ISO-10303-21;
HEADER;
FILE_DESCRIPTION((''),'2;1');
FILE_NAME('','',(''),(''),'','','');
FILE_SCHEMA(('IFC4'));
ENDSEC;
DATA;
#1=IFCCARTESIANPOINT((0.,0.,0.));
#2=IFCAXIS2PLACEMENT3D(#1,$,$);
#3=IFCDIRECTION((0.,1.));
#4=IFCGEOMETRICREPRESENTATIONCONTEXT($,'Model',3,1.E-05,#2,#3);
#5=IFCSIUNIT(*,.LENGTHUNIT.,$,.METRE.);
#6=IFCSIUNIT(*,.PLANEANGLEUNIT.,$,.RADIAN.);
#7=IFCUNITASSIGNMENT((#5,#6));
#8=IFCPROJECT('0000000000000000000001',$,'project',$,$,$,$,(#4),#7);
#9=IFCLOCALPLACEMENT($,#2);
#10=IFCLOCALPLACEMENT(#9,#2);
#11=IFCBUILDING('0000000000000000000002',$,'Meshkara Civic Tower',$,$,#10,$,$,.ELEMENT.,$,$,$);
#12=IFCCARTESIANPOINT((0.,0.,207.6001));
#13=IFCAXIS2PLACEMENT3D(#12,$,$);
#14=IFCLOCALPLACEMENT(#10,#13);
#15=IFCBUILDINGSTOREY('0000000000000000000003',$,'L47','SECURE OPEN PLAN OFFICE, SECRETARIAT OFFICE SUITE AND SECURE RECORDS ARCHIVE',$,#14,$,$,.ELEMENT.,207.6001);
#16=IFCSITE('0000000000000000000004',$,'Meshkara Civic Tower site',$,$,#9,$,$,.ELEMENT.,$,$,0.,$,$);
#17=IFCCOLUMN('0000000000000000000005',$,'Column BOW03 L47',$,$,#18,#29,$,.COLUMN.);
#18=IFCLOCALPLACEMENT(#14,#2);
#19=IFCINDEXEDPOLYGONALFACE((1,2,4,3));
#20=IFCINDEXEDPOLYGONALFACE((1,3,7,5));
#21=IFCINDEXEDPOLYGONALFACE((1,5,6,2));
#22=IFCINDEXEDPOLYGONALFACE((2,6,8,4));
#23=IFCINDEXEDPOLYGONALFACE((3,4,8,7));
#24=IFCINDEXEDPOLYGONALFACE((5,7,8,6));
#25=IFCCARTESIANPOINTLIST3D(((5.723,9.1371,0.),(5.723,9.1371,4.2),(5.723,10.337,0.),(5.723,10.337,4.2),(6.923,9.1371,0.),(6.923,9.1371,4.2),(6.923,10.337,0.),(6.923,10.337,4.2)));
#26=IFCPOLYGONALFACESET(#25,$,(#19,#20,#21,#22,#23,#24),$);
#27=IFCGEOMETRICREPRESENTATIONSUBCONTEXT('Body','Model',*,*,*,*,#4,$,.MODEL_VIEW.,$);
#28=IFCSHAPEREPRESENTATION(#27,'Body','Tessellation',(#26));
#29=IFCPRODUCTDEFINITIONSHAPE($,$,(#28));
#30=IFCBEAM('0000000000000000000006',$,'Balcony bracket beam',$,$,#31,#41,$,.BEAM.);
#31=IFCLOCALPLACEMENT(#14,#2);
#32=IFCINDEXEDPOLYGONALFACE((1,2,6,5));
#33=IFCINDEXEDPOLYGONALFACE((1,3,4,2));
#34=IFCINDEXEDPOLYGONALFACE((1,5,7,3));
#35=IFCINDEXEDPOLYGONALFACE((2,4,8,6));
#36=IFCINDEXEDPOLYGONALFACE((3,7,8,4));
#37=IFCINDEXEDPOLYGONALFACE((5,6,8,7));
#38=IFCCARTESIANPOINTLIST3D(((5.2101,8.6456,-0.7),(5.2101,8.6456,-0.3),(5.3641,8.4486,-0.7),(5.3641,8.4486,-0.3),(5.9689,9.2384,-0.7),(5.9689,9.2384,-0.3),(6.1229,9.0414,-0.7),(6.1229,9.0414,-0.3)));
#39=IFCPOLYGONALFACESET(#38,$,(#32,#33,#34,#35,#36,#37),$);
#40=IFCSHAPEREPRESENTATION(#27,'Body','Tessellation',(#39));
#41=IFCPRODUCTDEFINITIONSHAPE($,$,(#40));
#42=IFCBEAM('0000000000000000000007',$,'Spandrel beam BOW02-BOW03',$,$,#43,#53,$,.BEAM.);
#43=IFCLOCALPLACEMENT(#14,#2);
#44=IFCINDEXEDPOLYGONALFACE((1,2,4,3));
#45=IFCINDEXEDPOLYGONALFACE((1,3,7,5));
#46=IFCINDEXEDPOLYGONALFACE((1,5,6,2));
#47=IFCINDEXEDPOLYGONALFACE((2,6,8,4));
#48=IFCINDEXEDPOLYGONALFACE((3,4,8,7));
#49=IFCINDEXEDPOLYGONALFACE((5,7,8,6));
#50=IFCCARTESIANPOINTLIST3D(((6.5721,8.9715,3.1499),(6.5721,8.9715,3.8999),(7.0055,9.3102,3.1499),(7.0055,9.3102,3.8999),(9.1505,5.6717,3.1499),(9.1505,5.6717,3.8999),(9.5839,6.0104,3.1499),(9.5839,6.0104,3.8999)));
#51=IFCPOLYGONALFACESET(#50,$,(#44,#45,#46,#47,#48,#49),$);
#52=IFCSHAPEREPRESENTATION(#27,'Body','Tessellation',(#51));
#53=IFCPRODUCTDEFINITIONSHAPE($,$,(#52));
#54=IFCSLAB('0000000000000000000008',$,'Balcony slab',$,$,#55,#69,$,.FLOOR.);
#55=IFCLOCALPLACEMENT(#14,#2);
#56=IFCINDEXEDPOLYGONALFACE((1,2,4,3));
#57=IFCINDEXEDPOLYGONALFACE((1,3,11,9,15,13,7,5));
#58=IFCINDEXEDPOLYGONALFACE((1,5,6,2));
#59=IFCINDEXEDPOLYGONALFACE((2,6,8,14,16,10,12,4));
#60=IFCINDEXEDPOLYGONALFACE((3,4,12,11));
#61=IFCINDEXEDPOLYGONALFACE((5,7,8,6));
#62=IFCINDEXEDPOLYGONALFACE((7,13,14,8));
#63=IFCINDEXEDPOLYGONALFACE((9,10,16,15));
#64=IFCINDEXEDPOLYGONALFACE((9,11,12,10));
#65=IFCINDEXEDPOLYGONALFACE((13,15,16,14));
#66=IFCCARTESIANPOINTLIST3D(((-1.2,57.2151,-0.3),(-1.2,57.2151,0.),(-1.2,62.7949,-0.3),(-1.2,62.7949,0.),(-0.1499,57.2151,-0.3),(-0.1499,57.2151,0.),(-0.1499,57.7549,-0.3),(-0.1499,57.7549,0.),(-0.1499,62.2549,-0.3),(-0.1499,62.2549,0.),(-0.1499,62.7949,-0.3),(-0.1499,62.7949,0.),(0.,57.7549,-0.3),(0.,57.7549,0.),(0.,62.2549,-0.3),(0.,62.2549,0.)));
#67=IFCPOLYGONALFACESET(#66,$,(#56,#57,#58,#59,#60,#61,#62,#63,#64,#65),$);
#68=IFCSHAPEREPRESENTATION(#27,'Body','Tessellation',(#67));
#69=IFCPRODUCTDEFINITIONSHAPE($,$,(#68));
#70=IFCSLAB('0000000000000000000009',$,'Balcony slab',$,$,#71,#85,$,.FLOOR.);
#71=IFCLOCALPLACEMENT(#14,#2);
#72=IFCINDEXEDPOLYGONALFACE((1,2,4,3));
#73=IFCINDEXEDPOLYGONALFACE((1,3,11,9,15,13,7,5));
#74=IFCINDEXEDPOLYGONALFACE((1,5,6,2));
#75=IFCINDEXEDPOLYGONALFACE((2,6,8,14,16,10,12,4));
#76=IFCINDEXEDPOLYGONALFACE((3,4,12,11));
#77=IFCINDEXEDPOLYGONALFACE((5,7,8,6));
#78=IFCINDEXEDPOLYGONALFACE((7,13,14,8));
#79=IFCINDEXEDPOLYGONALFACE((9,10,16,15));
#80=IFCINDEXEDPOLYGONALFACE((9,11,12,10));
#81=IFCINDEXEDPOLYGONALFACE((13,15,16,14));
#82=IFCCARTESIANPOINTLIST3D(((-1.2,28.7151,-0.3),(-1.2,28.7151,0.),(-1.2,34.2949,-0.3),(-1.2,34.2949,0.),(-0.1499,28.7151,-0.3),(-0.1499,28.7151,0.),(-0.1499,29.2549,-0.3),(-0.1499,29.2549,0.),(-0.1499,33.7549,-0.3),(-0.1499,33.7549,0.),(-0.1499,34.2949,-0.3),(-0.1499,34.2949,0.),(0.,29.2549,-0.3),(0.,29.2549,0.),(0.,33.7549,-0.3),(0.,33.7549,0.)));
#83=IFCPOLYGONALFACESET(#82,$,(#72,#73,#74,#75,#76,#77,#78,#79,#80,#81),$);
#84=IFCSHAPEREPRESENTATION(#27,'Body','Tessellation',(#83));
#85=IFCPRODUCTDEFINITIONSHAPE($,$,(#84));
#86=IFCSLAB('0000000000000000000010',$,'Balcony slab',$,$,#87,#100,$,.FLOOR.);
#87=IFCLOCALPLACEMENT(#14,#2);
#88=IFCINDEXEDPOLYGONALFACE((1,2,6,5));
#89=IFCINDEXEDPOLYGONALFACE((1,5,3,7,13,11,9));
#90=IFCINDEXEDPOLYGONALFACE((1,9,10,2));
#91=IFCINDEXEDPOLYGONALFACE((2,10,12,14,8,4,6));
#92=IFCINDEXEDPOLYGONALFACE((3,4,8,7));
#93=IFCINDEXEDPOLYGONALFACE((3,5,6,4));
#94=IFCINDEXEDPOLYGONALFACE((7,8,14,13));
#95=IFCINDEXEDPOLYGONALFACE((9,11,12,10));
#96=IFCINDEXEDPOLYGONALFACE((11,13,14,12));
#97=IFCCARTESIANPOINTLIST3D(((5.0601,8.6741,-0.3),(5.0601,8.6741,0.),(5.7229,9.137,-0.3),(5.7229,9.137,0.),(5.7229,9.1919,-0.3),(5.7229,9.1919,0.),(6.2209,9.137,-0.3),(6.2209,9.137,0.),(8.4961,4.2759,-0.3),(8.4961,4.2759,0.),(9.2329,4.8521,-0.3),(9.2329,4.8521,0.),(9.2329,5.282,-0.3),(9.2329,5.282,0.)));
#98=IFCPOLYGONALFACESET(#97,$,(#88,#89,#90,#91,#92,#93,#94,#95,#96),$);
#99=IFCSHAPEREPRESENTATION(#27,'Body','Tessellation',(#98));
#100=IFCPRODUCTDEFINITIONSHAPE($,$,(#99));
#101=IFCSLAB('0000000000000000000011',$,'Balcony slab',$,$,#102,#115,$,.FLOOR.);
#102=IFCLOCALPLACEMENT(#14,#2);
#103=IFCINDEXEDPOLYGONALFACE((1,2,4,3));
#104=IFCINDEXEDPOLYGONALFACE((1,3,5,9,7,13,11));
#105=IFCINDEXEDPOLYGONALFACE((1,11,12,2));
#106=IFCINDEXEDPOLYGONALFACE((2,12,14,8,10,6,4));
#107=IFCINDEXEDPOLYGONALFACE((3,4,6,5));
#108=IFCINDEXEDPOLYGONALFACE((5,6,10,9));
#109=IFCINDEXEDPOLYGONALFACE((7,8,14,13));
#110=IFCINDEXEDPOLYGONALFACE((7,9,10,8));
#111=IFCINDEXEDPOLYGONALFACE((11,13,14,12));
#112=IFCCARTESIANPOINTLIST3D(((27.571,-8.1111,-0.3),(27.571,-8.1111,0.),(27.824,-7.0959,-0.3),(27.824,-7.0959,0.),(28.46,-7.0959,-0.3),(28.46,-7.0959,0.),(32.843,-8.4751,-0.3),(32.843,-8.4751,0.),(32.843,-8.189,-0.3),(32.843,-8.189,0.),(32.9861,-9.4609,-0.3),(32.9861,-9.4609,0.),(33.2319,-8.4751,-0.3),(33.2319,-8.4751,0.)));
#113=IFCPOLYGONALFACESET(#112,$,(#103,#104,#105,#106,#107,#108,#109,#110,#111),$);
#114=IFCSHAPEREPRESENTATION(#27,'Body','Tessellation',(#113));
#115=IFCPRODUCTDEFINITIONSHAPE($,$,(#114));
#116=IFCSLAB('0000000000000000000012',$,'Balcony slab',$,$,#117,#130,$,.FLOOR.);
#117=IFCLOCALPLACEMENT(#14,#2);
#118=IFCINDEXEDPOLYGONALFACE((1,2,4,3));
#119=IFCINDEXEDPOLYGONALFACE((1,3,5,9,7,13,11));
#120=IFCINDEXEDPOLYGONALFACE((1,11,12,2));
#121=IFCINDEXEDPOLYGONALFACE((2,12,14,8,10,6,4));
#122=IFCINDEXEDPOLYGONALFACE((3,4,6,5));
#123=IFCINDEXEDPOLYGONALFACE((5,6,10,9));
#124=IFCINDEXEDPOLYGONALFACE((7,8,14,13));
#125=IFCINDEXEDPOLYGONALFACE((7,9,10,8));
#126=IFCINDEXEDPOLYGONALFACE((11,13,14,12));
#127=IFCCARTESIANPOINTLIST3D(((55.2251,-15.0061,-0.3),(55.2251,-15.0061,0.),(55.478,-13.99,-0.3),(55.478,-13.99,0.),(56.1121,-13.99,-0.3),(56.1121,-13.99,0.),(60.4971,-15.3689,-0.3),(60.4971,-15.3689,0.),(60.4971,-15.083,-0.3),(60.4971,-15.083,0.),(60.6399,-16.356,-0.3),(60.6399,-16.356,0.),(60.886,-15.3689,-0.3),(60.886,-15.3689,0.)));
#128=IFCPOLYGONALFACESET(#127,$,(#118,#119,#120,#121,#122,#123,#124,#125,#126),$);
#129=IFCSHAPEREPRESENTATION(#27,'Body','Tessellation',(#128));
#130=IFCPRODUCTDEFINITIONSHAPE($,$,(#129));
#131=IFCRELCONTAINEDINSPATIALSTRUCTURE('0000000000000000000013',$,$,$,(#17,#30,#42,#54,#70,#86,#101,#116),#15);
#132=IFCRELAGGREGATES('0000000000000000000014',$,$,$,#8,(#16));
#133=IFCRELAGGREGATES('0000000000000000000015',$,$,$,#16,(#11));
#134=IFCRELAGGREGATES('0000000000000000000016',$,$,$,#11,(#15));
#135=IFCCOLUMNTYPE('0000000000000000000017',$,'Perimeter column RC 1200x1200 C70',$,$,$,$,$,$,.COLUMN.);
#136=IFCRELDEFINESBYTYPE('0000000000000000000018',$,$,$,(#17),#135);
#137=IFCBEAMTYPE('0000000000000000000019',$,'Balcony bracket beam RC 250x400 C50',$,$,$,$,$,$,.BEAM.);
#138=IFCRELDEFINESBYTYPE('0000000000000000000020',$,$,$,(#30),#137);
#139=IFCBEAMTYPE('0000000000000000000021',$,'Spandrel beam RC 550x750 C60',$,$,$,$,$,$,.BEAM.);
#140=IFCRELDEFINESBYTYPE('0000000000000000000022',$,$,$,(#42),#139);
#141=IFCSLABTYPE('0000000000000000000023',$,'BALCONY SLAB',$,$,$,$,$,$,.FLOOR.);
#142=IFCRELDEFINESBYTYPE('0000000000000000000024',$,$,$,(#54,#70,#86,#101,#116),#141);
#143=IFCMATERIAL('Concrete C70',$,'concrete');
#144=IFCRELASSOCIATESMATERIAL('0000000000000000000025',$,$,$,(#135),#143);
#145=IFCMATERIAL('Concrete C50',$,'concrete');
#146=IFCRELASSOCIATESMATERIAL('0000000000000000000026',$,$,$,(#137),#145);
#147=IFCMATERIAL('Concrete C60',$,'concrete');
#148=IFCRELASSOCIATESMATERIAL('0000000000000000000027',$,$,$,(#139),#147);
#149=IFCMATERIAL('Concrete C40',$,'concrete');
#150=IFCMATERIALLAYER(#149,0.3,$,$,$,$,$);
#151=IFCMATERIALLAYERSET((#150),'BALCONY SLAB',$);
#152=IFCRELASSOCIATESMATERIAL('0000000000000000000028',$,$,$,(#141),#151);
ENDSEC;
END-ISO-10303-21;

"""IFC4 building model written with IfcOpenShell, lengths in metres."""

from ifc_helpers import new_model, si_unit, direction, frame, origin, origin_2d, place, context, subcontext, project, spatial, polyline, rectangle, outline, extrude, material, layer, layer_set, material_profile, profile_set, type_object, element, save


model = new_model("IFC4")

# Units and contexts
model_context = context("Model", 3, precision=1e-05, world=origin(), true_north=direction((0.0, 1.0)))
body_context = subcontext(model_context, "Body", "Model", "MODEL_VIEW")
ifc_project = project(units=[si_unit("LENGTHUNIT", "METRE"), si_unit("PLANEANGLEUNIT", "RADIAN")], contexts=[model_context])

# Site, building, storey
site_placement = place(None, origin())
site = spatial("IfcSite", under=ifc_project, at=site_placement, Name="Meshkara Civic Tower site", CompositionType="ELEMENT", RefElevation=0.0)
building_placement = place(site_placement, origin())
building = spatial("IfcBuilding", under=site, at=building_placement, Name="Meshkara Civic Tower", CompositionType="ELEMENT")
storey_placement = place(building_placement, frame((0.0, 0.0, 207.6001)))
storey = spatial("IfcBuildingStorey", under=building, at=storey_placement, Name="L47", Description="SECURE OPEN PLAN OFFICE, SECRETARIAT OFFICE SUITE AND SECURE RECORDS ARCHIVE", CompositionType="ELEMENT", Elevation=207.6001)

# Column
ifc_material_1 = material(Name="Concrete C70", Category="concrete")
ifc_material_profile_1 = material_profile(ifc_material_1, rectangle(XDim=1.2, YDim=1.2, at=origin_2d()))
ifc_profile_set_1 = profile_set([ifc_material_profile_1], Name="Concrete C70")
column_type = type_object("IfcColumnType", Name="Perimeter column RC 1200x1200 C70", PredefinedType="COLUMN", material=ifc_profile_set_1)
column_placement = place(storey_placement, frame((6.323, 9.7371, 0.0), z_axis=(0.0, 0.0, 1.0), x_axis=(1.0, 0.0, 0.0)))
element("IfcColumn", 1, at=column_placement, inside=storey, type_object=column_type, Name="Column BOW03 L47", PredefinedType="COLUMN", context=body_context, shape_type="SweptSolid", body=[
    extrude(rectangle(XDim=1.2, YDim=1.2, at=origin_2d()), origin(), (0.0, 0.0, 1.0), 4.2),
])

# Beams
ifc_material_2 = material(Name="Concrete C50", Category="concrete")
ifc_material_profile_2 = material_profile(ifc_material_2, rectangle(XDim=0.25, YDim=0.3999, at=origin_2d()))
ifc_profile_set_2 = profile_set([ifc_material_profile_2], Name="Concrete C50")
beam_type_1 = type_object("IfcBeamType", Name="Balcony bracket beam RC 250x400 C50", PredefinedType="BEAM", material=ifc_profile_set_2)
beam_1_placement = place(storey_placement, frame((6.0459, 9.1399, -0.5), z_axis=(-0.78804, -0.615624, 0.0), x_axis=(0.615624, -0.78804, 0.0)))
element("IfcBeam", 2, at=beam_1_placement, inside=storey, type_object=beam_type_1, Name="Balcony bracket beam", PredefinedType="BEAM", context=body_context, shape_type="SweptSolid", body=[
    extrude(rectangle(XDim=0.25, YDim=0.3999, at=origin_2d()), origin(), (0.0, 0.0, 1.0), 0.9629),
])
ifc_material_3 = material(Name="Concrete C60", Category="concrete")
ifc_material_profile_3 = material_profile(ifc_material_3, rectangle(XDim=0.55, YDim=0.75, at=origin_2d()))
ifc_profile_set_3 = profile_set([ifc_material_profile_3], Name="Concrete C60")
beam_type_2 = type_object("IfcBeamType", Name="Spandrel beam RC 550x750 C60", PredefinedType="BEAM", material=ifc_profile_set_3)
beam_2_placement = place(storey_placement, frame((6.7888, 9.1409, 3.5249), z_axis=(0.615703, -0.787978, 0.0), x_axis=(0.787978, 0.615703, 0.0)))
element("IfcBeam", 3, at=beam_2_placement, inside=storey, type_object=beam_type_2, Name="Spandrel beam BOW02-BOW03", PredefinedType="BEAM", context=body_context, shape_type="SweptSolid", body=[
    extrude(rectangle(XDim=0.55, YDim=0.75, at=origin_2d()), origin(), (0.0, 0.0, 1.0), 4.1877),
])

# Slabs
ifc_material_4 = material(Name="Concrete C40", Category="concrete")
ifc_layer_1 = layer(ifc_material_4, 0.3)
ifc_layer_set_1 = layer_set([ifc_layer_1], Name="BALCONY SLAB")
slab_type_1 = type_object("IfcSlabType", Name="BALCONY SLAB", PredefinedType="FLOOR", material=ifc_layer_set_1)
slab_1_placement = place(storey_placement, frame((0.0, 0.0, -0.3)))
element("IfcSlab", 4, at=slab_1_placement, inside=storey, type_object=slab_type_1, Name="Balcony slab", PredefinedType="FLOOR", context=body_context, shape_type="SweptSolid", body=[
    extrude(outline(polyline([(-1.2, 57.2151), (-1.2, 62.7949), (-0.1499, 62.7949), (-0.1499, 62.2549), (0.0, 62.2549), (0.0, 57.7549), (-0.1499, 57.7549), (-0.1499, 57.2151), (-1.2, 57.2151)])), origin(), (0.0, 0.0, 1.0), 0.3),
])
slab_2_placement = place(storey_placement, frame((0.0, 0.0, -0.3)))
element("IfcSlab", 5, at=slab_2_placement, inside=storey, type_object=slab_type_1, Name="Balcony slab", PredefinedType="FLOOR", context=body_context, shape_type="SweptSolid", body=[
    extrude(outline(polyline([(-1.2, 28.7151), (-1.2, 34.2949), (-0.1499, 34.2949), (-0.1499, 33.7549), (0.0, 33.7549), (0.0, 29.2549), (-0.1499, 29.2549), (-0.1499, 28.7151), (-1.2, 28.7151)])), origin(), (0.0, 0.0, 1.0), 0.3),
])
slab_3_placement = place(storey_placement, frame((0.0, 0.0, -0.3)))
element("IfcSlab", 6, at=slab_3_placement, inside=storey, type_object=slab_type_1, Name="Balcony slab", PredefinedType="FLOOR", context=body_context, shape_type="SweptSolid", body=[
    extrude(outline(polyline([(8.4961, 4.2759), (5.0601, 8.6741), (5.7229, 9.1919), (5.7229, 9.137), (6.2209, 9.137), (9.2329, 5.282), (9.2329, 4.8521), (8.4961, 4.2759)])), origin(), (0.0, 0.0, 1.0), 0.3),
])
slab_4_placement = place(storey_placement, frame((0.0, 0.0, -0.3)))
element("IfcSlab", 7, at=slab_4_placement, inside=storey, type_object=slab_type_1, Name="Balcony slab", PredefinedType="FLOOR", context=body_context, shape_type="SweptSolid", body=[
    extrude(outline(polyline([(32.9861, -9.4609), (27.571, -8.1111), (27.824, -7.0959), (28.46, -7.0959), (32.843, -8.189), (32.843, -8.4751), (33.2319, -8.4751), (32.9861, -9.4609)])), origin(), (0.0, 0.0, 1.0), 0.3),
])
slab_5_placement = place(storey_placement, frame((0.0, 0.0, -0.3)))
element("IfcSlab", 8, at=slab_5_placement, inside=storey, type_object=slab_type_1, Name="Balcony slab", PredefinedType="FLOOR", context=body_context, shape_type="SweptSolid", body=[
    extrude(outline(polyline([(60.6399, -16.356), (55.2251, -15.0061), (55.478, -13.99), (56.1121, -13.99), (60.4971, -15.083), (60.4971, -15.3689), (60.886, -15.3689), (60.6399, -16.356)])), origin(), (0.0, 0.0, 1.0), 0.3),
])

save(model, "model.ifc")
